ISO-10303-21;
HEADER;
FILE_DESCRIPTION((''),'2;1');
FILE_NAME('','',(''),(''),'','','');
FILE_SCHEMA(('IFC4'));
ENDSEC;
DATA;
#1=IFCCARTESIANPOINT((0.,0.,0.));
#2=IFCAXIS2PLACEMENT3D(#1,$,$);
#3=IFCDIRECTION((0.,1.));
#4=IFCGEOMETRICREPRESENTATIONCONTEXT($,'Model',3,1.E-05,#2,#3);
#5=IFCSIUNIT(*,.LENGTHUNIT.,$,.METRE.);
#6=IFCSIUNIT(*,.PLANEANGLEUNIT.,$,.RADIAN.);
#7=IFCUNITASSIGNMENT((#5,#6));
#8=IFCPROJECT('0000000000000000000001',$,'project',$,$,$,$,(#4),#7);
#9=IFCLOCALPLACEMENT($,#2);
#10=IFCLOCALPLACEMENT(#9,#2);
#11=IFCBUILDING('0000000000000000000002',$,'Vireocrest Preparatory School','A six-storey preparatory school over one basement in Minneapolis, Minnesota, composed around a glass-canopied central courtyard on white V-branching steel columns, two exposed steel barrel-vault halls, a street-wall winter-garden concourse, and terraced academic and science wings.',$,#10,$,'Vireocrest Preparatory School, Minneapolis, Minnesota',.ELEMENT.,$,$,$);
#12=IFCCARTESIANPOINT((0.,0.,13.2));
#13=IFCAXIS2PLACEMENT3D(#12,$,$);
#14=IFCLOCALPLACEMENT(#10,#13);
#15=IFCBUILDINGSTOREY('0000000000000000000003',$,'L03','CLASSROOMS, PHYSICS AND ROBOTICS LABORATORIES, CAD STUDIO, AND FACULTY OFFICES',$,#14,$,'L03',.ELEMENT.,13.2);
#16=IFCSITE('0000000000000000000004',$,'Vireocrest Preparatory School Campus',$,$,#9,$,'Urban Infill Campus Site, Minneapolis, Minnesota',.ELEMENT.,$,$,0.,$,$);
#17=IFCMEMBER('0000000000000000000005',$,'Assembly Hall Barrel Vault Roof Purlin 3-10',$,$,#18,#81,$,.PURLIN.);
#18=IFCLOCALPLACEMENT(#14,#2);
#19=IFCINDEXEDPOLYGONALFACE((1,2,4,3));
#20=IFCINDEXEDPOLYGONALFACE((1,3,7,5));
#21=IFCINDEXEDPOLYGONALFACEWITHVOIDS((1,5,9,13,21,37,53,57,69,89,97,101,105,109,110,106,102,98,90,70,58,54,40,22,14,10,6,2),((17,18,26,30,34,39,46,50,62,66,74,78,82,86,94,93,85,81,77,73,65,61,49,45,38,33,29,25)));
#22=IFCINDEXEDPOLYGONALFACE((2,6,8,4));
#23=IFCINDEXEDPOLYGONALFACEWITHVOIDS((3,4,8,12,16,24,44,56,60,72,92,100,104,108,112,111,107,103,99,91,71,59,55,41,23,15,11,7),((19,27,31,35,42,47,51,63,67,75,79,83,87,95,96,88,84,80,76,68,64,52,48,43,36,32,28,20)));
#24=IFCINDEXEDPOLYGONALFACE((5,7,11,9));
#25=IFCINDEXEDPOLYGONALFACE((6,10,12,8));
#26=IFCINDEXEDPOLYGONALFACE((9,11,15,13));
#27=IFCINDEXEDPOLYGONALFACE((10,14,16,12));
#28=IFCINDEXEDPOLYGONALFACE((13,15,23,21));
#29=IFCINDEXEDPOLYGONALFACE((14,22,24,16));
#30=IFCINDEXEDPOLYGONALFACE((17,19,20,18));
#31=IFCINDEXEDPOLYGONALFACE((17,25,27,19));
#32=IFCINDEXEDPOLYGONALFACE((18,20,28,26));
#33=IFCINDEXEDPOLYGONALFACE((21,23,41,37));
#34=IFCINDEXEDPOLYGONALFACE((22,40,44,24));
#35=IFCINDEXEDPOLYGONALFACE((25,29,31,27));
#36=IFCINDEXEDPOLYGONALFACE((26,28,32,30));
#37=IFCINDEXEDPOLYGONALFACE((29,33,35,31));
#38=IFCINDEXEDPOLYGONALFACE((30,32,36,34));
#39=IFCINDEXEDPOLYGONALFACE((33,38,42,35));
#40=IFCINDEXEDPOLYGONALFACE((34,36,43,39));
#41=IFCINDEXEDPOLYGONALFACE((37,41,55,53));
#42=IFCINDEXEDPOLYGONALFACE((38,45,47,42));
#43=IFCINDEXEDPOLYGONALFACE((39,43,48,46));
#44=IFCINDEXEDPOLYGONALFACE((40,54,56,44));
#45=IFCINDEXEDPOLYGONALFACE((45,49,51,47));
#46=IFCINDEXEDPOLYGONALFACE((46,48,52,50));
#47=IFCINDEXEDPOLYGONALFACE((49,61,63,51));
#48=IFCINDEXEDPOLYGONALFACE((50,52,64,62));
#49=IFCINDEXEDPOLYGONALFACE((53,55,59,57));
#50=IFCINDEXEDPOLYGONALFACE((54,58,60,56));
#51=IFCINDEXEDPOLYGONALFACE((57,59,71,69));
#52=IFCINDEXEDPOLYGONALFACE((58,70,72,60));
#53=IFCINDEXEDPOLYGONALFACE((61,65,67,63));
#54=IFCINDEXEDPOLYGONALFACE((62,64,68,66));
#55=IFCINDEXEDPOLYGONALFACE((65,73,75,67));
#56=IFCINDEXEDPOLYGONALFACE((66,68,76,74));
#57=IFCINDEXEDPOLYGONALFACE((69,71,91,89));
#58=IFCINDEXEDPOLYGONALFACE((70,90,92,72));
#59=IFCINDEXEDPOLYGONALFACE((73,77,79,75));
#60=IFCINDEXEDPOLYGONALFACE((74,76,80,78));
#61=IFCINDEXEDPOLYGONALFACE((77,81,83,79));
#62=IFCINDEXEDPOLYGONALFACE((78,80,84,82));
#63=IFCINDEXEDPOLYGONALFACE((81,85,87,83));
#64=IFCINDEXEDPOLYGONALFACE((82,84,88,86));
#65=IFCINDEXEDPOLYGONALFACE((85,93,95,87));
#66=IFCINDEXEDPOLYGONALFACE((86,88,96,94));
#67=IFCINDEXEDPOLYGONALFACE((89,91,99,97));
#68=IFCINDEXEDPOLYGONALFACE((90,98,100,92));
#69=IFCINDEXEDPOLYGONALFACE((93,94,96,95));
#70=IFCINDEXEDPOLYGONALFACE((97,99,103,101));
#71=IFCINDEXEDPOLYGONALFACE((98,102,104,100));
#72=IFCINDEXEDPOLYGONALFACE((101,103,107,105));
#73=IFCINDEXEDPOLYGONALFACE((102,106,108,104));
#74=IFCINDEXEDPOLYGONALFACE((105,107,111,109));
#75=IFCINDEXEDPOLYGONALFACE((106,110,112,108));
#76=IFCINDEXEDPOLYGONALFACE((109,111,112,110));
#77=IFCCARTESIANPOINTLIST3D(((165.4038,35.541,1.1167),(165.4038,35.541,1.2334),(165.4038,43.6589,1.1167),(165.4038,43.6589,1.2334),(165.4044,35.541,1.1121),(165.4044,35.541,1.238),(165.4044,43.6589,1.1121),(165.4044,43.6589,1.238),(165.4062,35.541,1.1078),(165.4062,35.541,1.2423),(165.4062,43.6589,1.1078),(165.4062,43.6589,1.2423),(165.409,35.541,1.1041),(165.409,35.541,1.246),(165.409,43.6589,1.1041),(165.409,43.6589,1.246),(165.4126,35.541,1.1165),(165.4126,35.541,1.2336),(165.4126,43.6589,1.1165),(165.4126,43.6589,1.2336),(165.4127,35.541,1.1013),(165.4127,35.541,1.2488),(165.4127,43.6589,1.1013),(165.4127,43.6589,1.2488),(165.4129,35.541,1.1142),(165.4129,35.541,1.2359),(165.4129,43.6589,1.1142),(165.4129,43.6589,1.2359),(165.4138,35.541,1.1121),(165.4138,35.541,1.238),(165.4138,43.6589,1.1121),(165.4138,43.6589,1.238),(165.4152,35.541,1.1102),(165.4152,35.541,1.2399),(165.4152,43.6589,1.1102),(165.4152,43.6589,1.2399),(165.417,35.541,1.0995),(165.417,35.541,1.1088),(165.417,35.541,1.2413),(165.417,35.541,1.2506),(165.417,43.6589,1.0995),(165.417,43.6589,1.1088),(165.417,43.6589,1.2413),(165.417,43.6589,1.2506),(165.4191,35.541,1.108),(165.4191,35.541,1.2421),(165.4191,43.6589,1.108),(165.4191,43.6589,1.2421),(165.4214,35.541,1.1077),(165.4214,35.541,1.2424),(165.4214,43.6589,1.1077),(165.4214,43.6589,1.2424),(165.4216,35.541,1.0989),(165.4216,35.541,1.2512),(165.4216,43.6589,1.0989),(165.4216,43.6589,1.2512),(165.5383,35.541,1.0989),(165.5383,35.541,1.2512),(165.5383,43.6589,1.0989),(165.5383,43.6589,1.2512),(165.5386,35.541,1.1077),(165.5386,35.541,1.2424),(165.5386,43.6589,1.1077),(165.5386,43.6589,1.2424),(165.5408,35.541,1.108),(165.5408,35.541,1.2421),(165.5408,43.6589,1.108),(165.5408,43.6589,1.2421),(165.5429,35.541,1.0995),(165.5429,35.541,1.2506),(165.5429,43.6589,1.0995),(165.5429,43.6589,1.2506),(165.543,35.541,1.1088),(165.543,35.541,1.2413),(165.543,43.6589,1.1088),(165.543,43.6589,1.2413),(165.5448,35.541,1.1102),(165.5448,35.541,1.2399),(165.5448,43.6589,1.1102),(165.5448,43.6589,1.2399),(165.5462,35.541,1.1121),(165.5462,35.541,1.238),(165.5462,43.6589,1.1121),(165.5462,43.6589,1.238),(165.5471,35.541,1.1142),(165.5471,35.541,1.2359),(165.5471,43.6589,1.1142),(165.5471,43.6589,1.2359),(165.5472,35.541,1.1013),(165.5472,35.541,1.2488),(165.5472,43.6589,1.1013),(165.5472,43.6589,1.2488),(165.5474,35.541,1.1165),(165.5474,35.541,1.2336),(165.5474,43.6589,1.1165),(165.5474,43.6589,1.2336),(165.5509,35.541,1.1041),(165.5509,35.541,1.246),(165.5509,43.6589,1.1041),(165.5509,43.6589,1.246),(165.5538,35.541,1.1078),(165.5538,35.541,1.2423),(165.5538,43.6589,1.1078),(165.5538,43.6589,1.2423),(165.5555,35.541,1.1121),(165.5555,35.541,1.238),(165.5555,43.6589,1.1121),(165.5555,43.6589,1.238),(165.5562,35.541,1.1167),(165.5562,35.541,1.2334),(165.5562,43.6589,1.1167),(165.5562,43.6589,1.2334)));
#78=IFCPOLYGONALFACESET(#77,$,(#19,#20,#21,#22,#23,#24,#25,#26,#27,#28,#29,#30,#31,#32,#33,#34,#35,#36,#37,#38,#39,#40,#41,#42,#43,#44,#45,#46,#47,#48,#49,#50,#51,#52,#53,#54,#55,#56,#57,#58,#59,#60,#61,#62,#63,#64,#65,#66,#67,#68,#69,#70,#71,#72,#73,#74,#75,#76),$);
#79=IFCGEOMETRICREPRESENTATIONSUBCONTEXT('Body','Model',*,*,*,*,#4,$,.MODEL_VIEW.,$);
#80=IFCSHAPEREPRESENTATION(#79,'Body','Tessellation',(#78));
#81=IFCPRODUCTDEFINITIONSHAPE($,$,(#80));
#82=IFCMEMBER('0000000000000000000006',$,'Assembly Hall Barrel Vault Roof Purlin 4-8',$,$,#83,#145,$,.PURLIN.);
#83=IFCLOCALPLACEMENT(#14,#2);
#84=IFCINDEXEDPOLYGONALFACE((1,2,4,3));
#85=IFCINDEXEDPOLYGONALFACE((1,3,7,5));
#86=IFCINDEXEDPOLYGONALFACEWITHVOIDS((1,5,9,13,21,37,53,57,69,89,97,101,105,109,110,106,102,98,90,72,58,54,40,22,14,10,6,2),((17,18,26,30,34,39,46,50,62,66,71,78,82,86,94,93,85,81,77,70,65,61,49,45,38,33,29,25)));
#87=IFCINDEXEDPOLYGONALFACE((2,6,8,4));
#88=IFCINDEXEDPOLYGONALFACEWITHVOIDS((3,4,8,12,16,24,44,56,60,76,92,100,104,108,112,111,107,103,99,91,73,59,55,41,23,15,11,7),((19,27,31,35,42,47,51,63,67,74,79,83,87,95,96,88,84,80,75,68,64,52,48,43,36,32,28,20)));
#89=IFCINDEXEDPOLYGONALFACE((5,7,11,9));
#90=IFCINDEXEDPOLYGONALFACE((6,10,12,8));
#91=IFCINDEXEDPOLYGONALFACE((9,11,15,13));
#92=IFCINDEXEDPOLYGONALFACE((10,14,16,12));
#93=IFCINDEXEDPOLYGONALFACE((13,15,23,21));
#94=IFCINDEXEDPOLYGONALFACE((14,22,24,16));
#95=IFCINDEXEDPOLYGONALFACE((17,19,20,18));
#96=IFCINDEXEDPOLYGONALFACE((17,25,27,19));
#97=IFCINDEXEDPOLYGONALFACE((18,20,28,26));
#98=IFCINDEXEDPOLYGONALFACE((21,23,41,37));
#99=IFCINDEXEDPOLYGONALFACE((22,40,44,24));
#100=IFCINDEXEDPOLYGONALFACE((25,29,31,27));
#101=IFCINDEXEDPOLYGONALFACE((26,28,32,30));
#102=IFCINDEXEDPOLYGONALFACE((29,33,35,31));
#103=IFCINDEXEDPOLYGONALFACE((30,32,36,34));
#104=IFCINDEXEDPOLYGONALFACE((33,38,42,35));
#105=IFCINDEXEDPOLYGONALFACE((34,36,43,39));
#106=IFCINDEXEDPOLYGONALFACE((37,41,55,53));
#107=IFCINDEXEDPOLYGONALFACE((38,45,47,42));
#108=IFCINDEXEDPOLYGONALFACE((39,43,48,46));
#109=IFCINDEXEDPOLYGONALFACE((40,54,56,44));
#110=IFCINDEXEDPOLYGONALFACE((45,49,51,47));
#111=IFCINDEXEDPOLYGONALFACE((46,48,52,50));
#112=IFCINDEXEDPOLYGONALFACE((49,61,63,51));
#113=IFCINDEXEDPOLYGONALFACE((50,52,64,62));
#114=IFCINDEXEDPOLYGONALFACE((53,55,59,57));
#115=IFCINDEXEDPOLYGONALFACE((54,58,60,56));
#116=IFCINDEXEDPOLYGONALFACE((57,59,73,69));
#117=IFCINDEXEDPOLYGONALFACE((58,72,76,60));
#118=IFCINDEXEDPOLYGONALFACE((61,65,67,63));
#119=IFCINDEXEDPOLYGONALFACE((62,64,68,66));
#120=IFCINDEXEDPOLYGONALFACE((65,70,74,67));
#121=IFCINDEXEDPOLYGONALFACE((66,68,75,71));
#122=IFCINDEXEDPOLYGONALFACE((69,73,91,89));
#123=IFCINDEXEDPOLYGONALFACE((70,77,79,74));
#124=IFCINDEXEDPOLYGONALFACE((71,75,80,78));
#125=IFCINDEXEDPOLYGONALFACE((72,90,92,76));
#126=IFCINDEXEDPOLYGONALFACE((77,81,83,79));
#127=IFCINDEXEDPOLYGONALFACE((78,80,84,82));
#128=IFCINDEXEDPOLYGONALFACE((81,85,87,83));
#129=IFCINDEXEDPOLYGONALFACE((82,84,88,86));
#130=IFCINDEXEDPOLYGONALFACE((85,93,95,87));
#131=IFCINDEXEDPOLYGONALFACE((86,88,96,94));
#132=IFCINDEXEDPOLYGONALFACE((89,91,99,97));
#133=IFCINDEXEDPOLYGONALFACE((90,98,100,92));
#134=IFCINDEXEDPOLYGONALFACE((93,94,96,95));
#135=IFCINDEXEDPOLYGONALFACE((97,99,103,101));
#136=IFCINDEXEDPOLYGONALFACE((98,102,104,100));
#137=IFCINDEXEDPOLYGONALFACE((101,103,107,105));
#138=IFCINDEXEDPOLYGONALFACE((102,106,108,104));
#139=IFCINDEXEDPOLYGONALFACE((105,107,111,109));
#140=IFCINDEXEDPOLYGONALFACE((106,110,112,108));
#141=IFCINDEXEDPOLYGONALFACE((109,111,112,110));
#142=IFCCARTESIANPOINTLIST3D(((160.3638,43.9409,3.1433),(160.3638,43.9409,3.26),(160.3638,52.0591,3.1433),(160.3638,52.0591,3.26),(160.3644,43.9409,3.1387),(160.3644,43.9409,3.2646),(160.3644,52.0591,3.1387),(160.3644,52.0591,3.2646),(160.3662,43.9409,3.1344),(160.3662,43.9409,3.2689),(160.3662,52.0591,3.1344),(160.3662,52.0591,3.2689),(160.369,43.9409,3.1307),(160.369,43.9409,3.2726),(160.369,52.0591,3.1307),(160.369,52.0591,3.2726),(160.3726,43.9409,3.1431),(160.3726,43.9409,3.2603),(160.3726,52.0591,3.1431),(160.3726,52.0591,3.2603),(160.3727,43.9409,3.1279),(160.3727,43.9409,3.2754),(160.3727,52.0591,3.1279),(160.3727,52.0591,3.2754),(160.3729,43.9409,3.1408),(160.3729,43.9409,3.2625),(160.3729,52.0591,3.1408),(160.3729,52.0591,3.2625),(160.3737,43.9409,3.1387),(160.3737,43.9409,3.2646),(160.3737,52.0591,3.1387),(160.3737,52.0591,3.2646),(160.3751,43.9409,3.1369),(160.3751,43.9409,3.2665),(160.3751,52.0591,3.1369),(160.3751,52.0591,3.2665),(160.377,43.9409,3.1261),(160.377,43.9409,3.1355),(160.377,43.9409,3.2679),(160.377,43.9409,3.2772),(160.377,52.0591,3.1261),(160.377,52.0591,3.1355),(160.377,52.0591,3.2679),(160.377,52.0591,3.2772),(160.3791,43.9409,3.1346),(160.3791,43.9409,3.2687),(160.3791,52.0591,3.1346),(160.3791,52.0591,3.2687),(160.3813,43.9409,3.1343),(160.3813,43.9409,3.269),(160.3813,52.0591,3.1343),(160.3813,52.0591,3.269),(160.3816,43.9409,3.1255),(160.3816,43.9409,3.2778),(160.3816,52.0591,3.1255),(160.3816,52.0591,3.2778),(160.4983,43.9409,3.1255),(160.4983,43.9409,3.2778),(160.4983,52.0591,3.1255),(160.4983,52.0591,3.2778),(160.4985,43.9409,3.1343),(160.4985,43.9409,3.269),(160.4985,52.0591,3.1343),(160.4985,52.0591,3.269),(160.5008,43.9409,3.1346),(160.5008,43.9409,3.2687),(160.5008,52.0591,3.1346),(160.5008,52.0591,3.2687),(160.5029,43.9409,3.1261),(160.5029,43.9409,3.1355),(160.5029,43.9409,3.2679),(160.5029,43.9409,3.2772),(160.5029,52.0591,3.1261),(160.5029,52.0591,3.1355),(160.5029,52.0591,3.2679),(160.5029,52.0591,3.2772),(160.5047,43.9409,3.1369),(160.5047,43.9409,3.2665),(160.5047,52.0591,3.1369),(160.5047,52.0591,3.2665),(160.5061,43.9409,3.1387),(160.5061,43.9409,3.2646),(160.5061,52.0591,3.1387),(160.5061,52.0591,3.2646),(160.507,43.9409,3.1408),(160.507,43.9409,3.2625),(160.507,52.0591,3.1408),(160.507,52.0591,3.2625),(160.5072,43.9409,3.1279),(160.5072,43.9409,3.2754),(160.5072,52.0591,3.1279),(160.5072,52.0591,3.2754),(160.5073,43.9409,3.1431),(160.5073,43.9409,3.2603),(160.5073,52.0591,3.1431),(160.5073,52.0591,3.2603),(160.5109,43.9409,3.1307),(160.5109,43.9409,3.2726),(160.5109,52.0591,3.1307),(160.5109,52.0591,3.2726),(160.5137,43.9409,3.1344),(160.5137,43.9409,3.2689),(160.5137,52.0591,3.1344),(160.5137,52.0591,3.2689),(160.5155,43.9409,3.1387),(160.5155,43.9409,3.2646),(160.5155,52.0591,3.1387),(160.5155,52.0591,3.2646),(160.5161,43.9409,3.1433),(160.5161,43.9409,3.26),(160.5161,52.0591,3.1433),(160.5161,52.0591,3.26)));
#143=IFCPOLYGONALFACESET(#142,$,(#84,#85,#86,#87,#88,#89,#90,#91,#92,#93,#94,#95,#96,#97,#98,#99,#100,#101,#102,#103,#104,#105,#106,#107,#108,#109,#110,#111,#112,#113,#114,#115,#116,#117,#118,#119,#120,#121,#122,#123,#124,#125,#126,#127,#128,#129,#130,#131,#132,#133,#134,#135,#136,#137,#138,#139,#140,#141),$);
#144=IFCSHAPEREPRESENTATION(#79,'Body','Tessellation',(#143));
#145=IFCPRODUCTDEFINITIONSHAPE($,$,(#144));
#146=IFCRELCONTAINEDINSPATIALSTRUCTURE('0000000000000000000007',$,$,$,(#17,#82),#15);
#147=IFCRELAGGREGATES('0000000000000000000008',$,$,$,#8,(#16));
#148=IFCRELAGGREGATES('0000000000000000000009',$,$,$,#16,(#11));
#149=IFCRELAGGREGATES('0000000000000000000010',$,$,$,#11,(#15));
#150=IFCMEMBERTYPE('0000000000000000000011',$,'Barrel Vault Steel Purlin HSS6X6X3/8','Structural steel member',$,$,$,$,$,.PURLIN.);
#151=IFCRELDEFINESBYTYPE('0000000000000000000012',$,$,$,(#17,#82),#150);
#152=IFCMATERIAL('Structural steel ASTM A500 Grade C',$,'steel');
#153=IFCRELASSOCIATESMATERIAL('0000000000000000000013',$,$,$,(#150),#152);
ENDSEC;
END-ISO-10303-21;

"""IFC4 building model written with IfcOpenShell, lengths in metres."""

from ifc_helpers import new_model, si_unit, direction, frame, origin, origin_2d, place, context, subcontext, project, spatial, hollow_rectangle, extrude, material, material_profile, profile_set, type_object, element, save


model = new_model("IFC4")

# Units and contexts
model_context = context("Model", 3, precision=1e-05, world=origin(), true_north=direction((0.0, 1.0)))
body_context = subcontext(model_context, "Body", "Model", "MODEL_VIEW")
ifc_project = project(units=[si_unit("LENGTHUNIT", "METRE"), si_unit("PLANEANGLEUNIT", "RADIAN")], contexts=[model_context])

# Site, building, storey
site_placement = place(None, origin())
site = spatial("IfcSite", under=ifc_project, at=site_placement, Name="Vireocrest Preparatory School Campus", LongName="Urban Infill Campus Site, Minneapolis, Minnesota", CompositionType="ELEMENT", RefElevation=0.0)
building_placement = place(site_placement, origin())
building = spatial("IfcBuilding", under=site, at=building_placement, Name="Vireocrest Preparatory School", Description="A six-storey preparatory school over one basement in Minneapolis, Minnesota, composed around a glass-canopied central courtyard on white V-branching steel columns, two exposed steel barrel-vault halls, a street-wall winter-garden concourse, and terraced academic and science wings.", LongName="Vireocrest Preparatory School, Minneapolis, Minnesota", CompositionType="ELEMENT")
storey_placement = place(building_placement, frame((0.0, 0.0, 13.2)))
storey = spatial("IfcBuildingStorey", under=building, at=storey_placement, Name="L03", Description="CLASSROOMS, PHYSICS AND ROBOTICS LABORATORIES, CAD STUDIO, AND FACULTY OFFICES", LongName="L03", CompositionType="ELEMENT", Elevation=13.2)

# Members
ifc_material_1 = material(Name="Structural steel ASTM A500 Grade C", Category="steel")
ifc_material_profile_1 = material_profile(ifc_material_1, hollow_rectangle(XDim=0.1523, YDim=0.1523, WallThickness=0.0088, InnerFilletRadius=0.0088, OuterFilletRadius=0.0178, at=origin_2d()), Name="HSS6X6X3/8")
ifc_profile_set_1 = profile_set([ifc_material_profile_1], Name="Structural steel ASTM A500 Grade C")
member_type_1 = type_object("IfcMemberType", Name="Barrel Vault Steel Purlin HSS6X6X3/8", Description="Structural steel member", PredefinedType="PURLIN", material=ifc_profile_set_1)
for number, where, z_axis, x_axis, name in (
    (1, (165.48, 35.541, 1.175), (0.0, 1.0, 0.0), (-1.0, 0.0, 0.0), "Assembly Hall Barrel Vault Roof Purlin 3-10"),
):
    element("IfcMember", number, at=place(storey_placement, frame(where, z_axis=z_axis, x_axis=x_axis)), inside=storey, type_object=member_type_1, Name=name, PredefinedType="PURLIN", context=body_context, shape_type="SweptSolid", body=[
        extrude(hollow_rectangle(XDim=0.1523, YDim=0.1523, WallThickness=0.0088, InnerFilletRadius=0.0088, OuterFilletRadius=0.0178, at=origin_2d()), origin(), (0.0, 0.0, 1.0), 8.1179),
    ])
for number, where, z_axis, x_axis, name in (
    (2, (160.4399, 43.9409, 3.2017), (0.0, 1.0, 0.0), (-1.0, 0.0, 0.0), "Assembly Hall Barrel Vault Roof Purlin 4-8"),
):
    element("IfcMember", number, at=place(storey_placement, frame(where, z_axis=z_axis, x_axis=x_axis)), inside=storey, type_object=member_type_1, Name=name, PredefinedType="PURLIN", context=body_context, shape_type="SweptSolid", body=[
        extrude(hollow_rectangle(XDim=0.1523, YDim=0.1523, WallThickness=0.0088, InnerFilletRadius=0.0088, OuterFilletRadius=0.0178, at=origin_2d()), origin(), (0.0, 0.0, 1.0), 8.1182),
    ])

save(model, "model.ifc")
